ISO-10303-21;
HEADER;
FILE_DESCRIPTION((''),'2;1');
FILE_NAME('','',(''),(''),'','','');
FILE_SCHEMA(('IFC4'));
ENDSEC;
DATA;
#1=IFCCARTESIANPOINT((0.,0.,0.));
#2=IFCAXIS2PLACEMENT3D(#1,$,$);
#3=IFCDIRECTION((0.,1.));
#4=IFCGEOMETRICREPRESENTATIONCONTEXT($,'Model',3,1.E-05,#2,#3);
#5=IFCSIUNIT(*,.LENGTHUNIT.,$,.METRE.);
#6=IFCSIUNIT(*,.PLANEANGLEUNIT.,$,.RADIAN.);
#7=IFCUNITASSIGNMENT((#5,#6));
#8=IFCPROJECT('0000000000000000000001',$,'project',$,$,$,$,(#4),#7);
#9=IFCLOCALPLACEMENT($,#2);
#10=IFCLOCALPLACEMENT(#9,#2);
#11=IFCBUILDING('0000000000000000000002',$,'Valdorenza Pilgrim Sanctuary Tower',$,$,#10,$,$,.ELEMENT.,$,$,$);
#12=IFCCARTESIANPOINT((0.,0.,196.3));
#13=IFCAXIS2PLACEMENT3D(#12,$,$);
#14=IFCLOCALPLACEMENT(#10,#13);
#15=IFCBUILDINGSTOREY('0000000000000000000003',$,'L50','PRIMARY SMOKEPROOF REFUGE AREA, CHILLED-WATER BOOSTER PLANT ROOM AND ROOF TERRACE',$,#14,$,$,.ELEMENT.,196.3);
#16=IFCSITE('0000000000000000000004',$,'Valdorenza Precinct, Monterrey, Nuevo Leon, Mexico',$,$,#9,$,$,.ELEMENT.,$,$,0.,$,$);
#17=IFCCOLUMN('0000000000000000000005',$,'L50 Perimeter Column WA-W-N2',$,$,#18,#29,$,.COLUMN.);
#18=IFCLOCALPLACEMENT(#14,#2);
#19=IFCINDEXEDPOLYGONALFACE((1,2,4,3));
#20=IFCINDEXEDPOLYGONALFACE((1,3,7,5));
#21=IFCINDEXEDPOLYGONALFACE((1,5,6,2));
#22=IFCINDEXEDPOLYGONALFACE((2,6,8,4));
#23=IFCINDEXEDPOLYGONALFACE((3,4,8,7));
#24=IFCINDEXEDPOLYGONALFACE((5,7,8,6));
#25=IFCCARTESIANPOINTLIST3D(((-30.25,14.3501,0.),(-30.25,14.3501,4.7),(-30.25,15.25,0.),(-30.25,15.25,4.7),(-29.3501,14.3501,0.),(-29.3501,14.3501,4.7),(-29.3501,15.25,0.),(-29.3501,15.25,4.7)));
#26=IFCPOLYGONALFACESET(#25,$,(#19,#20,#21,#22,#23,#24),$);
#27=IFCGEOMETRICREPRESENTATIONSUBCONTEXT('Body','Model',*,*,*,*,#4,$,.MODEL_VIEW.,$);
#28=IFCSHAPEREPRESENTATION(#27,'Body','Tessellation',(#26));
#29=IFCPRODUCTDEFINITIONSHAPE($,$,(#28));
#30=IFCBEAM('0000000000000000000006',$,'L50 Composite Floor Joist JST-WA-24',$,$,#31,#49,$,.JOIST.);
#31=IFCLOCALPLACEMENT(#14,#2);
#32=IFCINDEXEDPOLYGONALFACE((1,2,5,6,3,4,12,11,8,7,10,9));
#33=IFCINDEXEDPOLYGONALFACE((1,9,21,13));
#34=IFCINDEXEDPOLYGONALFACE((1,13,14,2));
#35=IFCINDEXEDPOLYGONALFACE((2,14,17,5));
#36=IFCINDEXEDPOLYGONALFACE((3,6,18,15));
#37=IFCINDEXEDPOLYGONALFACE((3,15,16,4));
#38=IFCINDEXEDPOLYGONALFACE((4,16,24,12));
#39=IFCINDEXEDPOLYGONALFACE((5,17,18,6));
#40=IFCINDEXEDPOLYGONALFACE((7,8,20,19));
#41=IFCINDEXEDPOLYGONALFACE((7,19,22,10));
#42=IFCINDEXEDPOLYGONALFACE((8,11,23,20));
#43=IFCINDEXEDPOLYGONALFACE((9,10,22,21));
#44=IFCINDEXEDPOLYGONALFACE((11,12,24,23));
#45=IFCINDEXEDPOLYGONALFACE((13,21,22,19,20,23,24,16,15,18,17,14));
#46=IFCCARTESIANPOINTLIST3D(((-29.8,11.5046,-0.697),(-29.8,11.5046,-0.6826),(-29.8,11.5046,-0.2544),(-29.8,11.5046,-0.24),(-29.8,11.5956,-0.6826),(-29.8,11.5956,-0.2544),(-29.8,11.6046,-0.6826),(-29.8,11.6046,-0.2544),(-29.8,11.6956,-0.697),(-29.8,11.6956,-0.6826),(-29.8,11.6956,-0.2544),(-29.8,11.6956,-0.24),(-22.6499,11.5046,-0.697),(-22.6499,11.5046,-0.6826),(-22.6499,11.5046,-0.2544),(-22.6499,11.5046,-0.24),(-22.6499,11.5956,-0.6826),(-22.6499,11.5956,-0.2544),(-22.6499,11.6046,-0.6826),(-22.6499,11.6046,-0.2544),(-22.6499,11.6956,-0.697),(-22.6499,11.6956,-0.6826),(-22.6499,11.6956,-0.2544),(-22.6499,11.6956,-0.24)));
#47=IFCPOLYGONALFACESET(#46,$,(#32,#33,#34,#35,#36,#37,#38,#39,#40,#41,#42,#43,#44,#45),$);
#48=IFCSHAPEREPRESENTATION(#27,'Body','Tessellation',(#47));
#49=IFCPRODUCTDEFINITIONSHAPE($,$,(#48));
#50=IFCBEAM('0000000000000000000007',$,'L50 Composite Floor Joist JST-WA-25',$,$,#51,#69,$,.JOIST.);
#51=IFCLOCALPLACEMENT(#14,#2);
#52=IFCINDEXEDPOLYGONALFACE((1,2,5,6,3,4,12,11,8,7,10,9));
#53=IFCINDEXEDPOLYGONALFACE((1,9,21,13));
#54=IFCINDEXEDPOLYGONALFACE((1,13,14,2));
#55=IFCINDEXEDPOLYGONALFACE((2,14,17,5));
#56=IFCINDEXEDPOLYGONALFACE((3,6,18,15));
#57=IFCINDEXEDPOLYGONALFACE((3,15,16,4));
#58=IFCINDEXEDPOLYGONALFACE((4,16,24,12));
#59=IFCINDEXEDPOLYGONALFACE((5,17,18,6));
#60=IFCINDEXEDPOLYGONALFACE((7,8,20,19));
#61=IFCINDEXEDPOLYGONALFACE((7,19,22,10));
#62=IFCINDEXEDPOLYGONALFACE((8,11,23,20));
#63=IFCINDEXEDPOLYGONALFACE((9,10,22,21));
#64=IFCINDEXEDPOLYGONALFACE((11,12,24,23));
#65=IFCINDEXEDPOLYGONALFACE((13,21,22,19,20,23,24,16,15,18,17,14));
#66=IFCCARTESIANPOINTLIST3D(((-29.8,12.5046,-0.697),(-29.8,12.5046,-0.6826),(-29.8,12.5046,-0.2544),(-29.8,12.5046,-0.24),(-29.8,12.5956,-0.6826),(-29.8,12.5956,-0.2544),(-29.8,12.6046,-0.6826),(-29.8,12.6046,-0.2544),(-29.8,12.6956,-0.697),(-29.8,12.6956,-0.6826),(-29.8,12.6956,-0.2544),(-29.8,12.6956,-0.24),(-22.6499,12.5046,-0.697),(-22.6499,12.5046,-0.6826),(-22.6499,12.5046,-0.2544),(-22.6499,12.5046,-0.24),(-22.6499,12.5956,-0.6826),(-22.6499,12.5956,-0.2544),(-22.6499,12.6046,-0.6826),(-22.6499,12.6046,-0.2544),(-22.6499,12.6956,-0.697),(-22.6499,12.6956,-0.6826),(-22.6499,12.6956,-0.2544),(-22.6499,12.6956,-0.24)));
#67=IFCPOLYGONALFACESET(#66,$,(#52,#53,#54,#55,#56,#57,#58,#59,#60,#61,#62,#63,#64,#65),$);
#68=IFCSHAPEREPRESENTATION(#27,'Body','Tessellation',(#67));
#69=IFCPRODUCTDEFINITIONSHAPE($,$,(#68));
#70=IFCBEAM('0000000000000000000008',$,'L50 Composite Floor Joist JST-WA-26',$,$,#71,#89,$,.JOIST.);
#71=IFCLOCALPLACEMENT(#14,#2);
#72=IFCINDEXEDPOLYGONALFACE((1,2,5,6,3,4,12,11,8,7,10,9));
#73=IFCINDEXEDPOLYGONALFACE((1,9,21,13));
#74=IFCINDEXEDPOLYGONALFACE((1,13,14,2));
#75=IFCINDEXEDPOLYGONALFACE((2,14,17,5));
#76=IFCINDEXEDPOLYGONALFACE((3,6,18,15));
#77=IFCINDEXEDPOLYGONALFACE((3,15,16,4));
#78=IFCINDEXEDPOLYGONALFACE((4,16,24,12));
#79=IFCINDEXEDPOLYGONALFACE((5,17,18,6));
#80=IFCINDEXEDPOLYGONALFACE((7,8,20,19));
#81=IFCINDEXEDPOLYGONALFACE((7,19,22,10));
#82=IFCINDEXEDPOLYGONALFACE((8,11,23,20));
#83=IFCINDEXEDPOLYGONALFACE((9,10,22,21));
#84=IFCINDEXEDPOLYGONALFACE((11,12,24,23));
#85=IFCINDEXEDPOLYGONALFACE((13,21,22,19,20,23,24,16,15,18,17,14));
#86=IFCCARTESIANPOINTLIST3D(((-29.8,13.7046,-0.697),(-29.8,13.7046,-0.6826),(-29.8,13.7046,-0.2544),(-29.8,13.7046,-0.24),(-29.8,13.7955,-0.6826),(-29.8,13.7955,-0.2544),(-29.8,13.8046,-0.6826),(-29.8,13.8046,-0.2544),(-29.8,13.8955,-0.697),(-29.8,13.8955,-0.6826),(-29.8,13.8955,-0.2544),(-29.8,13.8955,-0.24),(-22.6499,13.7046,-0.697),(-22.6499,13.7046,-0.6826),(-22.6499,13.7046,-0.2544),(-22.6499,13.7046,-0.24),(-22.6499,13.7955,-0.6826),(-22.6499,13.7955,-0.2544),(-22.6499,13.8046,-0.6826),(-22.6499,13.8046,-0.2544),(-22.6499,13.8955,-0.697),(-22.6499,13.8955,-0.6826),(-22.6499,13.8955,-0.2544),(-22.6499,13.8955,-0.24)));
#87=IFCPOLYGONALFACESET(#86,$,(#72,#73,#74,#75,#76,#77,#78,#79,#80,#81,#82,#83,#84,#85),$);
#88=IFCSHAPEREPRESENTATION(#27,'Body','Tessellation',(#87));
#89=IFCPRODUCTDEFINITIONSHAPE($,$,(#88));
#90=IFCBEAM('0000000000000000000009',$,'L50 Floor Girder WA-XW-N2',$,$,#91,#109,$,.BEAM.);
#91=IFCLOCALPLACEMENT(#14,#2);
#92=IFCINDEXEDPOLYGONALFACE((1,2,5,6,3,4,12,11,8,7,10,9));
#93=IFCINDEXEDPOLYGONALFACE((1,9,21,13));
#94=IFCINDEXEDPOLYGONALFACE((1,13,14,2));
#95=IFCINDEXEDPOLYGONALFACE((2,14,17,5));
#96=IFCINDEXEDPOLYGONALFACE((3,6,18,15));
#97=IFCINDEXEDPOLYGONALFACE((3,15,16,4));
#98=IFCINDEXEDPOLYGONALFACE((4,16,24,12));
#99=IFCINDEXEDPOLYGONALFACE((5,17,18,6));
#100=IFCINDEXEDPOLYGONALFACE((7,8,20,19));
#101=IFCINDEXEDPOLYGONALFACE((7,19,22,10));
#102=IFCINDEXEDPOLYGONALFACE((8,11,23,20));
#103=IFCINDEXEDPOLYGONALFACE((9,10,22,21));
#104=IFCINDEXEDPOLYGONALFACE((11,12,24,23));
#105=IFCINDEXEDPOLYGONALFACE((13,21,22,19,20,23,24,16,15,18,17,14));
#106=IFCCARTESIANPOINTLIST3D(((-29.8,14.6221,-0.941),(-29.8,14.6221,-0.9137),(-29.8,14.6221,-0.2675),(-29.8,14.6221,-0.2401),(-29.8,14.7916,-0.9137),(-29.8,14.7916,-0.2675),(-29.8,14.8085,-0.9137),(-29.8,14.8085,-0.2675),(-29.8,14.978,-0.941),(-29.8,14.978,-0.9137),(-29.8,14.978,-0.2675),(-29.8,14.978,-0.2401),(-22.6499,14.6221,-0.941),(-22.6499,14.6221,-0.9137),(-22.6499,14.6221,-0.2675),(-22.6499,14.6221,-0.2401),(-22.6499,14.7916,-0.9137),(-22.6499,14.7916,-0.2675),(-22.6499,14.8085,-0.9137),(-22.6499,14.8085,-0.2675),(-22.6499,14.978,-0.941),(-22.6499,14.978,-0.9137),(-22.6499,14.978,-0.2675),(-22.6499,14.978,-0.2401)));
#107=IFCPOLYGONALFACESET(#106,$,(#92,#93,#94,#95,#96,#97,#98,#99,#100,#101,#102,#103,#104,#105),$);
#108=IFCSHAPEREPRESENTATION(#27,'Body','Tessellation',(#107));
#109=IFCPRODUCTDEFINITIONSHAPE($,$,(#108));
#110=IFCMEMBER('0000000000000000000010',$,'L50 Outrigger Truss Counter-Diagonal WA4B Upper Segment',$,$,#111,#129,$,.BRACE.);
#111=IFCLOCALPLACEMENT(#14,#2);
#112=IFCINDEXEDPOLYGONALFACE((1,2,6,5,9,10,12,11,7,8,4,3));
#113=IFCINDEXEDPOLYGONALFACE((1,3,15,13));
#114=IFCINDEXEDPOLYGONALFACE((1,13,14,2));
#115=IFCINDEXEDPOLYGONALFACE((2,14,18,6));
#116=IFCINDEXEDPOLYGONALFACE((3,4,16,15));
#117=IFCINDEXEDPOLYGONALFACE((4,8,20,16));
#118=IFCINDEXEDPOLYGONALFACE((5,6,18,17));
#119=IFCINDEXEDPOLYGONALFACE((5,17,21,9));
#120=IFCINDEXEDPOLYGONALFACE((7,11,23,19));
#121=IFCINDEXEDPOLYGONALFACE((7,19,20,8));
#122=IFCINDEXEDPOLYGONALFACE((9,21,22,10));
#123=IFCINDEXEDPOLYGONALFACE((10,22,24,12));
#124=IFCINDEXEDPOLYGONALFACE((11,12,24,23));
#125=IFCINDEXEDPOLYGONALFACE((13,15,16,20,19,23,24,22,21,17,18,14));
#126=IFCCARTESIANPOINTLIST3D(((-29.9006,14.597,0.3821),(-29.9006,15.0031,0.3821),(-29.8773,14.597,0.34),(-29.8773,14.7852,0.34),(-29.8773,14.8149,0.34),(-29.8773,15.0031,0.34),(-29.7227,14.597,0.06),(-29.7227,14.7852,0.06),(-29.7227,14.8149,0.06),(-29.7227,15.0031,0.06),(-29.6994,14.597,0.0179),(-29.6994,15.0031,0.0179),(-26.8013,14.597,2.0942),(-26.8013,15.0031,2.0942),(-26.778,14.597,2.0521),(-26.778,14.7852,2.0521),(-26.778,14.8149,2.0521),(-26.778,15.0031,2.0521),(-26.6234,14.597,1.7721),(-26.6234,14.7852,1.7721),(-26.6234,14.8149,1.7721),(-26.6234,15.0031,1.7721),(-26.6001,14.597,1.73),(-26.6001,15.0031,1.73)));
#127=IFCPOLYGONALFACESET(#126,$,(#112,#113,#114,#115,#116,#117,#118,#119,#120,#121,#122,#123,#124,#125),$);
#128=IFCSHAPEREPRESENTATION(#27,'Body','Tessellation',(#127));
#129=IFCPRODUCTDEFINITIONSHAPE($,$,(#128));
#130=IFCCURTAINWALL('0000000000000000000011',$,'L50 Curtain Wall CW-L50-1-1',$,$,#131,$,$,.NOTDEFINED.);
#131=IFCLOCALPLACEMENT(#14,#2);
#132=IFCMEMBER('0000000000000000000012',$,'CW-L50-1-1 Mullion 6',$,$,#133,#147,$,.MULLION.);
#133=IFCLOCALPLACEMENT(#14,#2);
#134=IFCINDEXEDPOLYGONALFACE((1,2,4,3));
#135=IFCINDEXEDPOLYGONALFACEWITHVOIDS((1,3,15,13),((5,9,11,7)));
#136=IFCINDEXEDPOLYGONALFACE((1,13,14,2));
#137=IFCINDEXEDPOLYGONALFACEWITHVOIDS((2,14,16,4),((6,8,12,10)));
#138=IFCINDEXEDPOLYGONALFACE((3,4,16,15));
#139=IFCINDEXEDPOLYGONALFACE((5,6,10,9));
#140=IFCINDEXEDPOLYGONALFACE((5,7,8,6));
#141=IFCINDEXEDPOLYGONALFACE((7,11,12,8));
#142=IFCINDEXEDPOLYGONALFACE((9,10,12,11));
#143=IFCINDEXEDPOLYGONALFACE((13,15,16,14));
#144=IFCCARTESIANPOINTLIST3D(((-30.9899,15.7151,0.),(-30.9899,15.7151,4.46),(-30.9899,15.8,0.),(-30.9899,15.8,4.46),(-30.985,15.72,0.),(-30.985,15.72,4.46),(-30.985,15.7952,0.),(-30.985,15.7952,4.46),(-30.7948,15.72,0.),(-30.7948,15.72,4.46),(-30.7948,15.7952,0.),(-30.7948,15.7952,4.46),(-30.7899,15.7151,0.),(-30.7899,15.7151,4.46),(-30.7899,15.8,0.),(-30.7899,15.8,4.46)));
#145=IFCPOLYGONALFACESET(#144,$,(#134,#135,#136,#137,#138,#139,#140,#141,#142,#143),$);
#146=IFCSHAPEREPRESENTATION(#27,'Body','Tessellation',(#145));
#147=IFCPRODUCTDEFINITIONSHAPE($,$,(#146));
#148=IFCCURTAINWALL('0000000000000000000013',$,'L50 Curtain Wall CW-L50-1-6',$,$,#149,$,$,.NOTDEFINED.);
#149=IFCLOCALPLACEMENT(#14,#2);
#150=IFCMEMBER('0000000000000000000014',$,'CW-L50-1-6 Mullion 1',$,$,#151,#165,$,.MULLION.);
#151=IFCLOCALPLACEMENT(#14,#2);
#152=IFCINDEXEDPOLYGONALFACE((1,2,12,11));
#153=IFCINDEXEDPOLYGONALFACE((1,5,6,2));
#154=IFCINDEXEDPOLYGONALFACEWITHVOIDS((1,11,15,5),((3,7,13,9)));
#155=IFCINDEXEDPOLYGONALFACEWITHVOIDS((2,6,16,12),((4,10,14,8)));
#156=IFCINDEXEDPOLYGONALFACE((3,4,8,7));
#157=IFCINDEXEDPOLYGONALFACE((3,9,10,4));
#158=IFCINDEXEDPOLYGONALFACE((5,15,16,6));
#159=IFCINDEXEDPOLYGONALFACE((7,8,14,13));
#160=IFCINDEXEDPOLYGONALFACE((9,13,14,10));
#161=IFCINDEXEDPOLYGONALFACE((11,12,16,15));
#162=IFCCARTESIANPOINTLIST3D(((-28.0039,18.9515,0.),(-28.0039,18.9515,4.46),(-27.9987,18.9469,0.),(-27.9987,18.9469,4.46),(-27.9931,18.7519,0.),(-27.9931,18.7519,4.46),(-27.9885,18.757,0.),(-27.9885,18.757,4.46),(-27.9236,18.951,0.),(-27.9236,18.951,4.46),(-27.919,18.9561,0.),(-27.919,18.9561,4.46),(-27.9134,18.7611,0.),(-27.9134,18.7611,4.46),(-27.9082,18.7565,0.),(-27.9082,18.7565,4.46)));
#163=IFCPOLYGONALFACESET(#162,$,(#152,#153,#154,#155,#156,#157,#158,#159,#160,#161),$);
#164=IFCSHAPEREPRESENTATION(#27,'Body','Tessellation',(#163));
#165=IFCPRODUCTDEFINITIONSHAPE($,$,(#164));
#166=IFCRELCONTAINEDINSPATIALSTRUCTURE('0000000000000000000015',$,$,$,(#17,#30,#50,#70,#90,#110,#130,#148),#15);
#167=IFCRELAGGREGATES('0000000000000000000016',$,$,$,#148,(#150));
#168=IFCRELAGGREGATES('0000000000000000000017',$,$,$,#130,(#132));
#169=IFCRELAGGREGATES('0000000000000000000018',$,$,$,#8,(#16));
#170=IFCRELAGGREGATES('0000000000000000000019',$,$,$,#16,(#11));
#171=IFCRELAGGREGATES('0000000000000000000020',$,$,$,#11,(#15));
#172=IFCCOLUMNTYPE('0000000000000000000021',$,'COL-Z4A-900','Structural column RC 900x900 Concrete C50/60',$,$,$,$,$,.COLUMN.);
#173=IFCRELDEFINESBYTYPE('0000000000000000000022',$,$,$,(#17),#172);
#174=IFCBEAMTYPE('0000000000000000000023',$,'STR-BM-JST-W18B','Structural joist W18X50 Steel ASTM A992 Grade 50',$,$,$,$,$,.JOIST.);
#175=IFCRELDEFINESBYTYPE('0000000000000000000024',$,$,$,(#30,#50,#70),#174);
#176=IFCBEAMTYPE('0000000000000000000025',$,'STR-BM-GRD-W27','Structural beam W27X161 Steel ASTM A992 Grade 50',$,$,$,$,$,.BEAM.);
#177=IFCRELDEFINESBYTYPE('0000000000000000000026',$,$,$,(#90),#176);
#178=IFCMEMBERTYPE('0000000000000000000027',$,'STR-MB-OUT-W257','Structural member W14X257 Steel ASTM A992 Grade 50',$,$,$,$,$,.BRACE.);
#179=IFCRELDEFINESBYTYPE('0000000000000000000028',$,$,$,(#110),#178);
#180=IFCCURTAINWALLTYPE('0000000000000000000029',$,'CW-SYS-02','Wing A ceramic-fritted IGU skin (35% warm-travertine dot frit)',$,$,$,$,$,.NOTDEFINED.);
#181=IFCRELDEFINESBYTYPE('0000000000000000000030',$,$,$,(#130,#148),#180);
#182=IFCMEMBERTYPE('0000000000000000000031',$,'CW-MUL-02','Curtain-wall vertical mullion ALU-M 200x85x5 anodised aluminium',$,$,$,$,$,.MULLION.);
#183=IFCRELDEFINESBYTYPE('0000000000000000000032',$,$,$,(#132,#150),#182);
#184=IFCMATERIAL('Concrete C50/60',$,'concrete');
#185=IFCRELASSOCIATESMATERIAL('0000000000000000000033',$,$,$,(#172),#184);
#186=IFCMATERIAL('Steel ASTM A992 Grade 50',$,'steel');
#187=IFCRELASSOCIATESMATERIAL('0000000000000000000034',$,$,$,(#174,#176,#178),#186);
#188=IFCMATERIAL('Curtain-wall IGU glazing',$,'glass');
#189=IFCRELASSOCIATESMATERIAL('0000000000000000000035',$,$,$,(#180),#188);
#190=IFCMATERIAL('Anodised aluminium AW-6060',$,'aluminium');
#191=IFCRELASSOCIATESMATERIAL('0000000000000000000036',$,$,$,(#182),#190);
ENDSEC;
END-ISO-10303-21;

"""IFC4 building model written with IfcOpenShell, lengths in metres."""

from ifc_helpers import new_model, si_unit, direction, frame, origin, origin_2d, place, context, subcontext, project, spatial, rectangle, hollow_rectangle, i_section, extrude, source, transform, mapped, material, material_profile, profile_set, type_object, element, aggregate, save


model = new_model("IFC4")

# Units and contexts
model_context = context("Model", 3, precision=1e-05, world=origin(), true_north=direction((0.0, 1.0)))
body_context = subcontext(model_context, "Body", "Model", "MODEL_VIEW")
ifc_project = project(units=[si_unit("LENGTHUNIT", "METRE"), si_unit("PLANEANGLEUNIT", "RADIAN")], contexts=[model_context])

# Site, building, storey
site_placement = place(None, origin())
site = spatial("IfcSite", under=ifc_project, at=site_placement, Name="Valdorenza Precinct, Monterrey, Nuevo Leon, Mexico", CompositionType="ELEMENT", RefElevation=0.0)
building_placement = place(site_placement, origin())
building = spatial("IfcBuilding", under=site, at=building_placement, Name="Valdorenza Pilgrim Sanctuary Tower", CompositionType="ELEMENT")
storey_placement = place(building_placement, frame((0.0, 0.0, 196.3)))
storey = spatial("IfcBuildingStorey", under=building, at=storey_placement, Name="L50", Description="PRIMARY SMOKEPROOF REFUGE AREA, CHILLED-WATER BOOSTER PLANT ROOM AND ROOF TERRACE", CompositionType="ELEMENT", Elevation=196.3)

# Column
ifc_material_1 = material(Name="Concrete C50/60", Category="concrete")
ifc_material_profile_1 = material_profile(ifc_material_1, rectangle(XDim=0.8999, YDim=0.8999, at=origin_2d()), Name="RC 900x900")
ifc_profile_set_1 = profile_set([ifc_material_profile_1], Name="Concrete C50/60")
column_type = type_object("IfcColumnType", Name="COL-Z4A-900", Description="Structural column RC 900x900 Concrete C50/60", PredefinedType="COLUMN", material=ifc_profile_set_1)
shared_shape_1 = source(origin(), body_context, "Body", "SweptSolid", [
    extrude(rectangle(XDim=0.8999, YDim=0.8999, at=origin_2d()), origin(), (0.0, 0.0, 1.0), 4.7),
])
column_placement = place(storey_placement, frame((-29.8, 14.8, 0.0), z_axis=(0.0, 0.0, 1.0), x_axis=(1.0, 0.0, 0.0)))
element("IfcColumn", 1, at=column_placement, inside=storey, type_object=column_type, Name="L50 Perimeter Column WA-W-N2", PredefinedType="COLUMN", context=body_context, shape_type="MappedRepresentation", body=[
    mapped(shared_shape_1, transform((0.0, 0.0, 0.0), x_axis=(1.0, 0.0, 0.0), y_axis=(0.0, 1.0, 0.0), z_axis=(0.0, 0.0, 1.0), scale=1.0)),
])

# Beams
ifc_material_2 = material(Name="Steel ASTM A992 Grade 50", Category="steel")
ifc_material_profile_2 = material_profile(ifc_material_2, i_section(OverallWidth=0.1909, OverallDepth=0.457, WebThickness=0.009, FlangeThickness=0.0144, at=origin_2d()), Name="W18X50")
ifc_profile_set_2 = profile_set([ifc_material_profile_2], Name="Steel ASTM A992 Grade 50")
beam_type_1 = type_object("IfcBeamType", Name="STR-BM-JST-W18B", Description="Structural joist W18X50 Steel ASTM A992 Grade 50", PredefinedType="JOIST", material=ifc_profile_set_2)
shared_shape_2 = source(origin(), body_context, "Body", "SweptSolid", [
    extrude(i_section(OverallWidth=0.1909, OverallDepth=0.457, WebThickness=0.009, FlangeThickness=0.0144, at=origin_2d()), origin(), (0.0, 0.0, 1.0), 7.1501),
])
for number, where, z_axis, x_axis, name in (
    (2, (-29.8, 11.6001, -0.4685), (1.0, 0.0, 0.0), (0.0, 1.0, 0.0), "L50 Composite Floor Joist JST-WA-24"),
    (3, (-29.8, 12.6001, -0.4685), (1.0, 0.0, 0.0), (0.0, 1.0, 0.0), "L50 Composite Floor Joist JST-WA-25"),
    (4, (-29.8, 13.8, -0.4685), (1.0, 0.0, 0.0), (0.0, 1.0, 0.0), "L50 Composite Floor Joist JST-WA-26"),
):
    element("IfcBeam", number, at=place(storey_placement, frame(where, z_axis=z_axis, x_axis=x_axis)), inside=storey, type_object=beam_type_1, Name=name, PredefinedType="JOIST", context=body_context, shape_type="MappedRepresentation", body=[
        mapped(shared_shape_2, transform((0.0, 0.0, 0.0), x_axis=(1.0, 0.0, 0.0), y_axis=(0.0, 1.0, 0.0), z_axis=(0.0, 0.0, 1.0), scale=1.0)),
    ])
ifc_material_profile_3 = material_profile(ifc_material_2, i_section(OverallWidth=0.356, OverallDepth=0.7009, WebThickness=0.0168, FlangeThickness=0.0273, at=origin_2d()), Name="W27X161")
ifc_profile_set_3 = profile_set([ifc_material_profile_3], Name="Steel ASTM A992 Grade 50")
beam_type_2 = type_object("IfcBeamType", Name="STR-BM-GRD-W27", Description="Structural beam W27X161 Steel ASTM A992 Grade 50", PredefinedType="BEAM", material=ifc_profile_set_3)
shared_shape_3 = source(origin(), body_context, "Body", "SweptSolid", [
    extrude(i_section(OverallWidth=0.356, OverallDepth=0.7009, WebThickness=0.0168, FlangeThickness=0.0273, at=origin_2d()), origin(), (0.0, 0.0, 1.0), 7.1501),
])
beam_placement = place(storey_placement, frame((-29.8, 14.8, -0.5906), z_axis=(1.0, 0.0, 0.0), x_axis=(0.0, 1.0, 0.0)))
element("IfcBeam", 5, at=beam_placement, inside=storey, type_object=beam_type_2, Name="L50 Floor Girder WA-XW-N2", PredefinedType="BEAM", context=body_context, shape_type="MappedRepresentation", body=[
    mapped(shared_shape_3, transform((0.0, 0.0, 0.0), x_axis=(1.0, 0.0, 0.0), y_axis=(0.0, 1.0, 0.0), z_axis=(0.0, 0.0, 1.0), scale=1.0)),
])

# Member
ifc_material_profile_4 = material_profile(ifc_material_2, i_section(OverallWidth=0.406, OverallDepth=0.416, WebThickness=0.0298, FlangeThickness=0.0481, at=origin_2d()), Name="W14X257")
ifc_profile_set_4 = profile_set([ifc_material_profile_4], Name="Steel ASTM A992 Grade 50")
member_type_1 = type_object("IfcMemberType", Name="STR-MB-OUT-W257", Description="Structural member W14X257 Steel ASTM A992 Grade 50", PredefinedType="BRACE", material=ifc_profile_set_4)
shared_shape_4 = source(origin(), body_context, "Body", "SweptSolid", [
    extrude(i_section(OverallWidth=0.406, OverallDepth=0.416, WebThickness=0.0298, FlangeThickness=0.0481, at=origin_2d()), origin(), (0.0, 0.0, 1.0), 3.5408),
])
member_1_placement = place(storey_placement, frame((-26.7007, 14.8, 1.9121), z_axis=(-0.875319, 0.0, -0.483546), x_axis=(0.0, -1.0, 0.0)))
element("IfcMember", 6, at=member_1_placement, inside=storey, type_object=member_type_1, Name="L50 Outrigger Truss Counter-Diagonal WA4B Upper Segment", PredefinedType="BRACE", context=body_context, shape_type="MappedRepresentation", body=[
    mapped(shared_shape_4, transform((0.0, 0.0, 0.0), x_axis=(1.0, 0.0, 0.0), y_axis=(0.0, 1.0, 0.0), z_axis=(0.0, 0.0, 1.0), scale=1.0)),
])

# Curtain wall, member
ifc_material_3 = material(Name="Curtain-wall IGU glazing", Category="glass")
curtain_wall_type = type_object("IfcCurtainWallType", Name="CW-SYS-02", Description="Wing A ceramic-fritted IGU skin (35% warm-travertine dot frit)", PredefinedType="NOTDEFINED", material=ifc_material_3)
curtain_wall_1_placement = place(storey_placement, origin())
curtain_wall_1 = element("IfcCurtainWall", 7, at=curtain_wall_1_placement, inside=storey, type_object=curtain_wall_type, Name="L50 Curtain Wall CW-L50-1-1", PredefinedType="NOTDEFINED")
ifc_material_4 = material(Name="Anodised aluminium AW-6060", Category="aluminium")
ifc_material_profile_5 = material_profile(ifc_material_4, hollow_rectangle(XDim=0.085, YDim=0.2, WallThickness=0.0049, at=origin_2d()), Name="ALU-M 200x85x5")
ifc_profile_set_5 = profile_set([ifc_material_profile_5], Name="Anodised aluminium AW-6060")
member_type_2 = type_object("IfcMemberType", Name="CW-MUL-02", Description="Curtain-wall vertical mullion ALU-M 200x85x5 anodised aluminium", PredefinedType="MULLION", material=ifc_profile_set_5)
shared_shape_5 = source(origin(), body_context, "Body", "SweptSolid", [
    extrude(hollow_rectangle(XDim=0.085, YDim=0.2, WallThickness=0.0049, at=origin_2d()), origin(), (0.0, 0.0, 1.0), 4.46),
])
member_2_placement = place(storey_placement, frame((-30.8899, 15.7576, 0.0), z_axis=(0.0, 0.0, 1.0), x_axis=(0.0, 1.0, 0.0)))
member_2 = element("IfcMember", 8, at=member_2_placement, type_object=member_type_2, Name="CW-L50-1-1 Mullion 6", PredefinedType="MULLION", context=body_context, shape_type="MappedRepresentation", body=[
    mapped(shared_shape_5, transform((0.0, 0.0, 0.0), x_axis=(1.0, 0.0, 0.0), y_axis=(0.0, 1.0, 0.0), z_axis=(0.0, 0.0, 1.0), scale=1.0)),
])

# Curtain wall, member
curtain_wall_2_placement = place(storey_placement, origin())
curtain_wall_2 = element("IfcCurtainWall", 9, at=curtain_wall_2_placement, inside=storey, type_object=curtain_wall_type, Name="L50 Curtain Wall CW-L50-1-6", PredefinedType="NOTDEFINED")
member_3_placement = place(storey_placement, frame((-27.9561, 18.854, 0.0), z_axis=(0.0, 0.0, 1.0), x_axis=(0.998547, 0.053887, 0.0)))
member_3 = element("IfcMember", 10, at=member_3_placement, type_object=member_type_2, Name="CW-L50-1-6 Mullion 1", PredefinedType="MULLION", context=body_context, shape_type="MappedRepresentation", body=[
    mapped(shared_shape_5, transform((0.0, 0.0, 0.0), x_axis=(1.0, 0.0, 0.0), y_axis=(0.0, 1.0, 0.0), z_axis=(0.0, 0.0, 1.0), scale=1.0)),
])
aggregate(curtain_wall_2, [member_3])

aggregate(curtain_wall_1, [member_2])

save(model, "model.ifc")
